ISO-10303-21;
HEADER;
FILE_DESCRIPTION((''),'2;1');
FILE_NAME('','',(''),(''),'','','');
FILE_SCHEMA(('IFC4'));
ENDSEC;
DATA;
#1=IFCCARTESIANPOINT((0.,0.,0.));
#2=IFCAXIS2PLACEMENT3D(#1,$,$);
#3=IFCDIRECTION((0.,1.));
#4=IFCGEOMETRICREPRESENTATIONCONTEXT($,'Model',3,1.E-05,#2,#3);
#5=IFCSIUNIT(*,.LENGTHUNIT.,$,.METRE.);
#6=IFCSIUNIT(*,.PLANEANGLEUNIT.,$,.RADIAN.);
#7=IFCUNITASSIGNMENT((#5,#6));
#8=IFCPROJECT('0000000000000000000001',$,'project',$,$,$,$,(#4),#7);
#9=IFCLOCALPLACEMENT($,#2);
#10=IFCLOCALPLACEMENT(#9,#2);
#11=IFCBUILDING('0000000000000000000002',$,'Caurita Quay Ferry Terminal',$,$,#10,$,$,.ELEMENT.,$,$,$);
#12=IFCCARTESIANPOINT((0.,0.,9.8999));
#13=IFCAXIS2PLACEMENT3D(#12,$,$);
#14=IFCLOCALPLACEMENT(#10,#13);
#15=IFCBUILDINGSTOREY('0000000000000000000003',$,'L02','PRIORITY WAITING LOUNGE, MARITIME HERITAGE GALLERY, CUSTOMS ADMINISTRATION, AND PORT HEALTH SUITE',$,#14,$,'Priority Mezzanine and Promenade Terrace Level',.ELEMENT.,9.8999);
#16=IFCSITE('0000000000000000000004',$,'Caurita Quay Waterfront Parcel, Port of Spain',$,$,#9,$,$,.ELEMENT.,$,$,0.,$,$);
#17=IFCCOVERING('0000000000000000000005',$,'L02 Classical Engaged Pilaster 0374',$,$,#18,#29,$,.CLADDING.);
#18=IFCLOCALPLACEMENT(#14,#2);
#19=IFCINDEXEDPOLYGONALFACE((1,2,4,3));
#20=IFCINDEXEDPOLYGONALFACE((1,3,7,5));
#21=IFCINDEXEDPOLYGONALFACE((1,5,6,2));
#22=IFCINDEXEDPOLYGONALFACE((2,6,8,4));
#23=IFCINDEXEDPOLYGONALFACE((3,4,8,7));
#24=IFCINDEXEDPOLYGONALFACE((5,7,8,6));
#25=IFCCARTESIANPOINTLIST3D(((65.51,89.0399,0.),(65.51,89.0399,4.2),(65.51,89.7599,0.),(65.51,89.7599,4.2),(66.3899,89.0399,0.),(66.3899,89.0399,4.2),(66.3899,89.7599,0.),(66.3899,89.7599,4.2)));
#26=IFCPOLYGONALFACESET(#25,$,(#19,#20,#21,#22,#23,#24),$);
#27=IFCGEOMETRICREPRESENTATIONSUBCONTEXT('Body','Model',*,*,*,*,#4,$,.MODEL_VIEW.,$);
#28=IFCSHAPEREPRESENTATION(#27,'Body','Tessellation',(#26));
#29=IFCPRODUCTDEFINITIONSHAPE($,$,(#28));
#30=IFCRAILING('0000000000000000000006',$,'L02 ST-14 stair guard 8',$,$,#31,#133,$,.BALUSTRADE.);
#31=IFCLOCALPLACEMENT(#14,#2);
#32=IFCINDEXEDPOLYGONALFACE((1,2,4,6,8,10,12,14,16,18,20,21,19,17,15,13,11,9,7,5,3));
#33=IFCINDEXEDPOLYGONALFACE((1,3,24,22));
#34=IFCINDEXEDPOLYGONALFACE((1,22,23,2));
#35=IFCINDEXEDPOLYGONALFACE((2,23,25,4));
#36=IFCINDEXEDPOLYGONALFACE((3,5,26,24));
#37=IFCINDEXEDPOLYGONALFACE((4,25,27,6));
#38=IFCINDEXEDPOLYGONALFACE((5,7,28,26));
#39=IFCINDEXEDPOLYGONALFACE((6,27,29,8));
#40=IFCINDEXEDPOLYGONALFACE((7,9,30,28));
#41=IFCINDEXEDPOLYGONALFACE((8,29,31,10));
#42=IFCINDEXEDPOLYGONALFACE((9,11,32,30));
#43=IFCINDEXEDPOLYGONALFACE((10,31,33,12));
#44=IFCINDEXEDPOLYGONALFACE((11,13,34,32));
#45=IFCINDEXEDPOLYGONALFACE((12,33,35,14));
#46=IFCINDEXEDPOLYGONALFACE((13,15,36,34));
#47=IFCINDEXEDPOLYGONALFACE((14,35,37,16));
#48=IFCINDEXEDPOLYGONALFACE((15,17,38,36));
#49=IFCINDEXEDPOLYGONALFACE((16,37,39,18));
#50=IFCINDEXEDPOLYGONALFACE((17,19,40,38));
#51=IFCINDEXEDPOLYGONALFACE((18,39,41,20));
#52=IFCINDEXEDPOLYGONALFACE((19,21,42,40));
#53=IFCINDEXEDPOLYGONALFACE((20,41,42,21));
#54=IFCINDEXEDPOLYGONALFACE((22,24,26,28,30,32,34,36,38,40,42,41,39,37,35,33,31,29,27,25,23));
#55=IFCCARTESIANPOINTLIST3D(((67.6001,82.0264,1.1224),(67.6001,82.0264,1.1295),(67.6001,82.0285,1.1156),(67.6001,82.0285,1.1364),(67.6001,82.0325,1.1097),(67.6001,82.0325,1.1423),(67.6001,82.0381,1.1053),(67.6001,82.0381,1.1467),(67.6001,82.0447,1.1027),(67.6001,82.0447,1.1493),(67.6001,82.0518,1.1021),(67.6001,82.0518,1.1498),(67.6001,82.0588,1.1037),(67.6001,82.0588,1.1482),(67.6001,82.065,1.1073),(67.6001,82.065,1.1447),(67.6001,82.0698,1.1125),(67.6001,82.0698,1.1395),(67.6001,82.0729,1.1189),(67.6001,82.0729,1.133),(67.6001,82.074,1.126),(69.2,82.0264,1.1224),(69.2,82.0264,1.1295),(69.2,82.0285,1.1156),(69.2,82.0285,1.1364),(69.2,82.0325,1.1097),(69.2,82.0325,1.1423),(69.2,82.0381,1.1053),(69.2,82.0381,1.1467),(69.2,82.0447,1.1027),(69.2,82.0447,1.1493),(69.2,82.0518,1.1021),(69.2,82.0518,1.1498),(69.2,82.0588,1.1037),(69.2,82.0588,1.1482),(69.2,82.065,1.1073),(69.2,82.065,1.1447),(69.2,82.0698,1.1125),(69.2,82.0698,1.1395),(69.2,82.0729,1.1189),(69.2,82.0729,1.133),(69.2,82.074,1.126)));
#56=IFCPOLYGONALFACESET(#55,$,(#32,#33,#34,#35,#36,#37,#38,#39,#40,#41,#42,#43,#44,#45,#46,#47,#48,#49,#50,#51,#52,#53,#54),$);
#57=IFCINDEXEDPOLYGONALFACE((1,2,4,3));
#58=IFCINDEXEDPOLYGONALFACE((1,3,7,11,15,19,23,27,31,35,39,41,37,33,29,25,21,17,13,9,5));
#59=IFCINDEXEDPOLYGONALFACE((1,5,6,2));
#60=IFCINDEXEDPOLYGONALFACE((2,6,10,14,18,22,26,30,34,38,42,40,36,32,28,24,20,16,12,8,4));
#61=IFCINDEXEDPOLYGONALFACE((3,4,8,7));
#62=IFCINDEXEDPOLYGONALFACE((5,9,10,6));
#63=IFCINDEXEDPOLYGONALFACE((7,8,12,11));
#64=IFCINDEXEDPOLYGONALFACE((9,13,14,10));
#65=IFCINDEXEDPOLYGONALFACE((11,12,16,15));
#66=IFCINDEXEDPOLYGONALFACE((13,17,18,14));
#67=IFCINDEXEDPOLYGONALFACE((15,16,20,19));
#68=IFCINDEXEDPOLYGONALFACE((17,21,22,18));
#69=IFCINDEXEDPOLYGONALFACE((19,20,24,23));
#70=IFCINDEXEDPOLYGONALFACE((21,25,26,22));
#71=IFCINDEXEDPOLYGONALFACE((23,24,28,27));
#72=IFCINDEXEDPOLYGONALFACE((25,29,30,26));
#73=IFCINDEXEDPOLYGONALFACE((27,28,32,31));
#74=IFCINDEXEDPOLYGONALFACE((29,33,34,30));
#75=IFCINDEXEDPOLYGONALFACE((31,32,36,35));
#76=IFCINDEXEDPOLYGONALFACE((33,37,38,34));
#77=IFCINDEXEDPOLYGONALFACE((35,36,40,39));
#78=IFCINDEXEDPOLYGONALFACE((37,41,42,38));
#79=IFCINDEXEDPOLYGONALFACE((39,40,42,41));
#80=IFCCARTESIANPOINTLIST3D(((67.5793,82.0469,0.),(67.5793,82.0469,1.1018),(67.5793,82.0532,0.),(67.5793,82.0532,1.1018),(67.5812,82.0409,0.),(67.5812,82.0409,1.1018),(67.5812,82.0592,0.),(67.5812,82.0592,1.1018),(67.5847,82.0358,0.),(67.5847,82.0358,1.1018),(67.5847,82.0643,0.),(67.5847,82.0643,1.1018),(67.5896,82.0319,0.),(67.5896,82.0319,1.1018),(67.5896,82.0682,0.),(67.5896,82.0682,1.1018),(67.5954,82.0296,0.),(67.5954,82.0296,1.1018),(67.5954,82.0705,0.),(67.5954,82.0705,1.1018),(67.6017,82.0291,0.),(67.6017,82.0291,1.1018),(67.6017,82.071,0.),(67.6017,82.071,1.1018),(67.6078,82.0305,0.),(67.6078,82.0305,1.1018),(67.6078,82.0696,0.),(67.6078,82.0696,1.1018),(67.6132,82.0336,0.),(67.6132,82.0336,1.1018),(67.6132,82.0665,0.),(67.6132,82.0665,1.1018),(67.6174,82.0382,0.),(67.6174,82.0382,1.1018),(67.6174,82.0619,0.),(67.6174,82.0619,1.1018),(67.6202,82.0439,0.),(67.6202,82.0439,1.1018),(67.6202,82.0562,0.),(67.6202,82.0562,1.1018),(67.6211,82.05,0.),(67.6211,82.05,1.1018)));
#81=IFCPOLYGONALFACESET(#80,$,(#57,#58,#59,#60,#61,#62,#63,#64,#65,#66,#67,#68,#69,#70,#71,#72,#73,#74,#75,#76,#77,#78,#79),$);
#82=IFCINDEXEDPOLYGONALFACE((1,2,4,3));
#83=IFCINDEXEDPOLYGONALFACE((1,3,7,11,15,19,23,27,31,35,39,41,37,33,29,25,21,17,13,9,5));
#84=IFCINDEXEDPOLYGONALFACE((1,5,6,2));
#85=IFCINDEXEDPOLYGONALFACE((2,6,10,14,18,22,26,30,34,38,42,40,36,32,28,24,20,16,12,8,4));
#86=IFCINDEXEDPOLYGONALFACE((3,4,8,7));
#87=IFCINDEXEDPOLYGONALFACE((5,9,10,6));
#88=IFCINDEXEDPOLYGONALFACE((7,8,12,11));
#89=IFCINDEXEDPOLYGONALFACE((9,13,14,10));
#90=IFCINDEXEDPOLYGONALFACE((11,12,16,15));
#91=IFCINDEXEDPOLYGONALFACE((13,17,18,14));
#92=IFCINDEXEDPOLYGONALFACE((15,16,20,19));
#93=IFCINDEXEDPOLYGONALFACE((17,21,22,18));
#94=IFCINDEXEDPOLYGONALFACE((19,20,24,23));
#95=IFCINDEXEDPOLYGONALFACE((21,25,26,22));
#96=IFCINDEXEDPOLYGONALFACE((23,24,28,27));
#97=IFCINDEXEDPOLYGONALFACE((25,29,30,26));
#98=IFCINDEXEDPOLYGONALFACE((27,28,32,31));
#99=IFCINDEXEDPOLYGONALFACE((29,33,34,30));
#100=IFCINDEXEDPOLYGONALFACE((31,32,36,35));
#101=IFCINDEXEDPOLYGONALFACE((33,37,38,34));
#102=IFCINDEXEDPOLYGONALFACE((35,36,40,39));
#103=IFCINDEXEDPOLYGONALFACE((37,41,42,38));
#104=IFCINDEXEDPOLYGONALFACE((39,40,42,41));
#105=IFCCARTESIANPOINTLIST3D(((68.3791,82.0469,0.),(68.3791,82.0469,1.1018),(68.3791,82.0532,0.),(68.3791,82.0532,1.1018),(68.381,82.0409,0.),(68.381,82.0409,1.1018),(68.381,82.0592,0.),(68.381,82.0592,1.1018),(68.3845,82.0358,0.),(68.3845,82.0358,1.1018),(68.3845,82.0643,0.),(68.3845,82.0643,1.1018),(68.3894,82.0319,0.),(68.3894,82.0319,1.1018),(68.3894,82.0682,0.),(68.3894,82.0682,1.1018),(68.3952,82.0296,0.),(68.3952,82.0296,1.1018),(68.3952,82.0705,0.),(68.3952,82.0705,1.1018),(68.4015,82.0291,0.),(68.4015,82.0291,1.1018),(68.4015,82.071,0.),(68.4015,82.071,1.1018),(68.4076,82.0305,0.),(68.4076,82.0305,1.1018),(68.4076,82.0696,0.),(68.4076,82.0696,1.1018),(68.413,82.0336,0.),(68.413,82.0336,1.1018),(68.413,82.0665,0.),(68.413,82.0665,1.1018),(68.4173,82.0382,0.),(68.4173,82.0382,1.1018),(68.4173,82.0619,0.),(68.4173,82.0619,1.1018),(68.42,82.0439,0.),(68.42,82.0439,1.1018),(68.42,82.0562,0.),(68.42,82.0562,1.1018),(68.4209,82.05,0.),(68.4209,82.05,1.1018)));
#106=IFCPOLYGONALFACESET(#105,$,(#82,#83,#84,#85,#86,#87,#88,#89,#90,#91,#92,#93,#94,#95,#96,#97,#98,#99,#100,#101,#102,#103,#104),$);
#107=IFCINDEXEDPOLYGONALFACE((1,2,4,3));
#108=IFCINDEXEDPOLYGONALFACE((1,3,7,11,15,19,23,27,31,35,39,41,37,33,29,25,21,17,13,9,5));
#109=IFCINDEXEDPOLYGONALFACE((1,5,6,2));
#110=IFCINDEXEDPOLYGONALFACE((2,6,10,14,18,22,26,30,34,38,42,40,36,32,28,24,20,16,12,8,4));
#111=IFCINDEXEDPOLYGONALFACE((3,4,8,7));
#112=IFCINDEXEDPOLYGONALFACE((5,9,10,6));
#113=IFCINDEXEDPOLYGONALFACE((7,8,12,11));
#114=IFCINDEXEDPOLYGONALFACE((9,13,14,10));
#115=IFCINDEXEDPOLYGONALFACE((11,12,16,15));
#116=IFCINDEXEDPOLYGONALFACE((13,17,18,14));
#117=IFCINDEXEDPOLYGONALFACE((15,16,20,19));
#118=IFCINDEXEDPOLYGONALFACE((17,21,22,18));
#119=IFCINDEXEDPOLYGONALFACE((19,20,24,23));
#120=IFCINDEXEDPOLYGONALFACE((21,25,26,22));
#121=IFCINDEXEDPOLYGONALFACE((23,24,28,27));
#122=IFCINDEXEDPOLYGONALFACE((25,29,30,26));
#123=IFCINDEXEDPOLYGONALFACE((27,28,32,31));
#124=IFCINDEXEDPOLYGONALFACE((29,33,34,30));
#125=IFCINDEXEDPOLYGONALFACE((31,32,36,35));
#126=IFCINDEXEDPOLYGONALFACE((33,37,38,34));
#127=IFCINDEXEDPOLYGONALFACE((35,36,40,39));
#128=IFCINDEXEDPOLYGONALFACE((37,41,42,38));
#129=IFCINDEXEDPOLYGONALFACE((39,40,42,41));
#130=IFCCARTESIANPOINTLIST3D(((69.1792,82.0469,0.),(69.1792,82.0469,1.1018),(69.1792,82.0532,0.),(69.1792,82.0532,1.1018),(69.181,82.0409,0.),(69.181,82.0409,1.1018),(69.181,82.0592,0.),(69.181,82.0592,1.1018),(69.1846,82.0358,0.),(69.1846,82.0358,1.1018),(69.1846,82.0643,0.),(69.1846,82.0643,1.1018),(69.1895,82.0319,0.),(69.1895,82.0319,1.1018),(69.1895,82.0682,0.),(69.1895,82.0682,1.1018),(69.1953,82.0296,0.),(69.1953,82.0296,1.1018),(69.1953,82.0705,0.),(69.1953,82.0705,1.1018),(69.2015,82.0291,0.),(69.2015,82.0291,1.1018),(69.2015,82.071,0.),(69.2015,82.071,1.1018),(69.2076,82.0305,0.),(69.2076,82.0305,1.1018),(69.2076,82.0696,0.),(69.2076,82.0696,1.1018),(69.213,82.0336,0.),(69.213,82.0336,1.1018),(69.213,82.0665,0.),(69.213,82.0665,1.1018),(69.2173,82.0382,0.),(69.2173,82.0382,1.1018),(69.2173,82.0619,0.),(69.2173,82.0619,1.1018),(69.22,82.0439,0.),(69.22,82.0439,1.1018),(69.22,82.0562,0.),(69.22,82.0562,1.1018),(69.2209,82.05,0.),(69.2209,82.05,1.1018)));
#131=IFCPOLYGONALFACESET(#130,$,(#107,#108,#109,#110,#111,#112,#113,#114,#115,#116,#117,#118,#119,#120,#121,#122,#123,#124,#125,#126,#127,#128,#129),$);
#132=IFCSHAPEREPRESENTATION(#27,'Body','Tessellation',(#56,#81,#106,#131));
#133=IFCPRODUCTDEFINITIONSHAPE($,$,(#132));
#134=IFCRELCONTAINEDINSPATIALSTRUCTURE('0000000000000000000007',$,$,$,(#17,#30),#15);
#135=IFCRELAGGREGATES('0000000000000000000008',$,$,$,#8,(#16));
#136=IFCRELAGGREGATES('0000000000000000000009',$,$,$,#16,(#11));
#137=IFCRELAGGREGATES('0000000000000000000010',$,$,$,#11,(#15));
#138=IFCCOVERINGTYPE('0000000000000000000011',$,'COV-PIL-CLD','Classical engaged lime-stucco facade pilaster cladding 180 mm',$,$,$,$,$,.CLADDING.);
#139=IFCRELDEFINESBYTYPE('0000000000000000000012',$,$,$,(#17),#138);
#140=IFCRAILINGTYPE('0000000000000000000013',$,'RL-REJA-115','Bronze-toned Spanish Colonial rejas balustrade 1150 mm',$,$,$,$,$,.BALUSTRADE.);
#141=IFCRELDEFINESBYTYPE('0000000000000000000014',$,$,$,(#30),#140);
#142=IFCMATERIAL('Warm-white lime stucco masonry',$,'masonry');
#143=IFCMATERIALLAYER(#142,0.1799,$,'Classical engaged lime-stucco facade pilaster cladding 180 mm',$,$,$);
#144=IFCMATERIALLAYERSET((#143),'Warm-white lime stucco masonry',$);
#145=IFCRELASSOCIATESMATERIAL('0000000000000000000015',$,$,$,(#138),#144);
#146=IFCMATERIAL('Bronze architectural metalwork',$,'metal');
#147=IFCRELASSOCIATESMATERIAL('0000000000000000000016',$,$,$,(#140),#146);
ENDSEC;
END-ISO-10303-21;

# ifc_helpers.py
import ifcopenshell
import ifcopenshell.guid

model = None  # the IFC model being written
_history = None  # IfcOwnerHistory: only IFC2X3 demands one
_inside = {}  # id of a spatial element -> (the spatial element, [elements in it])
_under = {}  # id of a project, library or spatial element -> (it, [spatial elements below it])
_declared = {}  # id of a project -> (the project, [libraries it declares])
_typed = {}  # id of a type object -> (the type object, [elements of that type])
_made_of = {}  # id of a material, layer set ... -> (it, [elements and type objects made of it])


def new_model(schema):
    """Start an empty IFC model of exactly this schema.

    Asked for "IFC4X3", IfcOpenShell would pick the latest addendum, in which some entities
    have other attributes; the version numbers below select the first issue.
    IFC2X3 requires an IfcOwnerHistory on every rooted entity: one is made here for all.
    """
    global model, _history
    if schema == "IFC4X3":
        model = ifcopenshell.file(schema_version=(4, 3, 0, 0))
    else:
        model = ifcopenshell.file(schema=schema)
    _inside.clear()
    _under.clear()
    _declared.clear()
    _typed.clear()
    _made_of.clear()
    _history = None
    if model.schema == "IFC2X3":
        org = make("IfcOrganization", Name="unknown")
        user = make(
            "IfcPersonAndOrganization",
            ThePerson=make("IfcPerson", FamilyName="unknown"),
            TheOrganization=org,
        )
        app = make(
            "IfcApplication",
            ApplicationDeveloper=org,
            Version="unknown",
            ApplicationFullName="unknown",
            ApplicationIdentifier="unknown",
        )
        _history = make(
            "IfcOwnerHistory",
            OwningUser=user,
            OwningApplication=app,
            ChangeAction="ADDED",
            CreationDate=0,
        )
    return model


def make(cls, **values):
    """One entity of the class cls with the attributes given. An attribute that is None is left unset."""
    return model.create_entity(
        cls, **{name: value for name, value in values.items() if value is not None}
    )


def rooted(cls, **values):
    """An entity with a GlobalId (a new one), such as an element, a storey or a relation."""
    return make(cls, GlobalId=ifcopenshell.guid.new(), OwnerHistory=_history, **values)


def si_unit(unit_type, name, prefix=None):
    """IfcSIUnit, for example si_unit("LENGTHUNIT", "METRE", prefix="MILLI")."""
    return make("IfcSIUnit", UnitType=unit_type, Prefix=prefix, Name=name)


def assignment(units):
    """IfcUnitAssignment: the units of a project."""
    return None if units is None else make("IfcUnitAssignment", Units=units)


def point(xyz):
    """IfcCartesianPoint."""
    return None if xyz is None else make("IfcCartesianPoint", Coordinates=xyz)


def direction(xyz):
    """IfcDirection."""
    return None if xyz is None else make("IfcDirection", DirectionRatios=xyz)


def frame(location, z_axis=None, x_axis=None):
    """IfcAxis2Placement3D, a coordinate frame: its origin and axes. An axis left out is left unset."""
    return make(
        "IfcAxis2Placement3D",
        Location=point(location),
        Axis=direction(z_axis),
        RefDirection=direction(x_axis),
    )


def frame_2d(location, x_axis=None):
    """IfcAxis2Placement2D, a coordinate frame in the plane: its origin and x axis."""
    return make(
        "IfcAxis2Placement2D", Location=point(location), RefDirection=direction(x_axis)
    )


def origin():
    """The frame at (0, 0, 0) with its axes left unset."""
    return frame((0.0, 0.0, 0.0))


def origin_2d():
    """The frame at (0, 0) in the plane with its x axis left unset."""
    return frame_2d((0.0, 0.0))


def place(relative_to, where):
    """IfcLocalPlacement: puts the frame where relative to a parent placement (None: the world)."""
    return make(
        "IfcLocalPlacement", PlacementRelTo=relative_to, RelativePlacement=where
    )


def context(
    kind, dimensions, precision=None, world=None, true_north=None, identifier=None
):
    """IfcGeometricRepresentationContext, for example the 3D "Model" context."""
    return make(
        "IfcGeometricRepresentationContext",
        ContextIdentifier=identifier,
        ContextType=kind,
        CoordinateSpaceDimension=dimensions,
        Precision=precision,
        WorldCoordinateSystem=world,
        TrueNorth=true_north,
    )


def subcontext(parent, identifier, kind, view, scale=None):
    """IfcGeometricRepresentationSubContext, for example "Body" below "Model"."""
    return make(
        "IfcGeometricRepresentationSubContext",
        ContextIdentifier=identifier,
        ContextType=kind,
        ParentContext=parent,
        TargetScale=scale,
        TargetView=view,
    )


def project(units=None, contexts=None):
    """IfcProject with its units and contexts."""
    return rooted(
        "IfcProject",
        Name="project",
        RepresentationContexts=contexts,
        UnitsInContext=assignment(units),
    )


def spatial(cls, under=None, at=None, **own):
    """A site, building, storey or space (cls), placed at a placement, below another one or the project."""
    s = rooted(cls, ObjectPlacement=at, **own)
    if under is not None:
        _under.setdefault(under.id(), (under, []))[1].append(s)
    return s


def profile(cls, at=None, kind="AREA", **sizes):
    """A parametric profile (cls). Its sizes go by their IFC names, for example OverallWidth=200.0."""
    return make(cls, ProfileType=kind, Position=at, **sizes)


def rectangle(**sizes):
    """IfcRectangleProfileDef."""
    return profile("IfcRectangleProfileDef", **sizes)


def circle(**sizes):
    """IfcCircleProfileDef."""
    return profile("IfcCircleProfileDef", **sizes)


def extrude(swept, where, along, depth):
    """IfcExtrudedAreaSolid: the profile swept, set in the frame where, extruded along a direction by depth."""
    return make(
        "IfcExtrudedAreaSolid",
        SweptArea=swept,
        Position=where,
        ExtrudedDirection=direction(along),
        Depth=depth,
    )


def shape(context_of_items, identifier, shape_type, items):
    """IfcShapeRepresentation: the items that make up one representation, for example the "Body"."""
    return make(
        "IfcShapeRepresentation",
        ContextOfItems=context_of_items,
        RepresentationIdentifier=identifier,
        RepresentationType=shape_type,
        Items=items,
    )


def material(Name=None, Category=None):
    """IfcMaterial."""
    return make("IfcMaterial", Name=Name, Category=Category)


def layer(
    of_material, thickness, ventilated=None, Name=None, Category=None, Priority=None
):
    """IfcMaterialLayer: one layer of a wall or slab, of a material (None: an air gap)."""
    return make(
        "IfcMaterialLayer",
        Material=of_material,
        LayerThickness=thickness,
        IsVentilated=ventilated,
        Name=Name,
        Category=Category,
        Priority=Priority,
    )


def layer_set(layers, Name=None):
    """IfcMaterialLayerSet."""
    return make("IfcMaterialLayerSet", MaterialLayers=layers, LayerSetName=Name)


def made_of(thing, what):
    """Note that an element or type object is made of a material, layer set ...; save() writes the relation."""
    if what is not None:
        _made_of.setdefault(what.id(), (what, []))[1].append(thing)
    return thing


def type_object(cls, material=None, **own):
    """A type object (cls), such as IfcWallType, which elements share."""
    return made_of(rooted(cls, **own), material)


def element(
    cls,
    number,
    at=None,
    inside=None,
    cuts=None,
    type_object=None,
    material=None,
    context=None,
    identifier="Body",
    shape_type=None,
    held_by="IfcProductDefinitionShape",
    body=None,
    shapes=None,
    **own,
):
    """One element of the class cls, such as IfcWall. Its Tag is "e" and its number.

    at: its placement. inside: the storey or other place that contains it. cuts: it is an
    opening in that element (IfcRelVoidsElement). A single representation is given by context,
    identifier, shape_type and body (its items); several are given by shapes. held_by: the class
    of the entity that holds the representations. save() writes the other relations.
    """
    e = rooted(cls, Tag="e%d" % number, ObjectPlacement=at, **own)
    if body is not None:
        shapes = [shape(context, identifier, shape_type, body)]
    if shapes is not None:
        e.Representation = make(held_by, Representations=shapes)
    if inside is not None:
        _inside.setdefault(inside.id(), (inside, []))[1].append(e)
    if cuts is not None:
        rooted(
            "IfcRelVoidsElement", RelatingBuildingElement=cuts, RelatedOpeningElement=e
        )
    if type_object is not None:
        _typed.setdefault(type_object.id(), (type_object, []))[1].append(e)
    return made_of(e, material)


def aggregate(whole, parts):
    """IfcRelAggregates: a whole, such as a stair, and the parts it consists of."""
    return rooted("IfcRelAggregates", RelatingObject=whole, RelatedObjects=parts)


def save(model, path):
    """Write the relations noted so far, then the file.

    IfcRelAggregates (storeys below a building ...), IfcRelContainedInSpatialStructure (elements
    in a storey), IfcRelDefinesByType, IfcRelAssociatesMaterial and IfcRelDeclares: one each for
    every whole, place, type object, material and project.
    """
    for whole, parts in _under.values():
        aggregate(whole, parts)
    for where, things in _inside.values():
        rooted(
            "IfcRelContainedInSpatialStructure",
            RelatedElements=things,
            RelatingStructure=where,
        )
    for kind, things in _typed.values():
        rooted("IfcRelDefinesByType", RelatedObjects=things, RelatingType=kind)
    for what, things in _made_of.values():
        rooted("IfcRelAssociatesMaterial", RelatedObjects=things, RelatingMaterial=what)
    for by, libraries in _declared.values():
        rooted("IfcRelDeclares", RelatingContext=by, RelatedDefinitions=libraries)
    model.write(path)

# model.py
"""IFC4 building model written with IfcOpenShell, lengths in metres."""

from ifc_helpers import new_model, si_unit, direction, frame, origin, origin_2d, place, context, subcontext, project, spatial, rectangle, circle, extrude, material, layer, layer_set, type_object, element, save


model = new_model("IFC4")

# Units and contexts
model_context = context("Model", 3, precision=1e-05, world=origin(), true_north=direction((0.0, 1.0)))
body_context = subcontext(model_context, "Body", "Model", "MODEL_VIEW")
ifc_project = project(units=[si_unit("LENGTHUNIT", "METRE"), si_unit("PLANEANGLEUNIT", "RADIAN")], contexts=[model_context])

# Site, building, storey
site_placement = place(None, origin())
site = spatial("IfcSite", under=ifc_project, at=site_placement, Name="Caurita Quay Waterfront Parcel, Port of Spain", CompositionType="ELEMENT", RefElevation=0.0)
building_placement = place(site_placement, origin())
building = spatial("IfcBuilding", under=site, at=building_placement, Name="Caurita Quay Ferry Terminal", CompositionType="ELEMENT")
storey_placement = place(building_placement, frame((0.0, 0.0, 9.8999)))
storey = spatial("IfcBuildingStorey", under=building, at=storey_placement, Name="L02", Description="PRIORITY WAITING LOUNGE, MARITIME HERITAGE GALLERY, CUSTOMS ADMINISTRATION, AND PORT HEALTH SUITE", LongName="Priority Mezzanine and Promenade Terrace Level", CompositionType="ELEMENT", Elevation=9.8999)

# Shared definitions
ifc_material_1 = material(Name="Warm-white lime stucco masonry", Category="masonry")

# Covering
ifc_layer_1 = layer(ifc_material_1, 0.1799, Name="Classical engaged lime-stucco facade pilaster cladding 180 mm")
ifc_layer_set_1 = layer_set([ifc_layer_1], Name="Warm-white lime stucco masonry")
covering_type = type_object("IfcCoveringType", Name="COV-PIL-CLD", Description="Classical engaged lime-stucco facade pilaster cladding 180 mm", PredefinedType="CLADDING", material=ifc_layer_set_1)
covering_1_placement = place(storey_placement, frame((65.95, 89.3999, 0.0), z_axis=(0.0, 0.0, 1.0), x_axis=(1.0, 0.0, 0.0)))
element("IfcCovering", 1, at=covering_1_placement, inside=storey, type_object=covering_type, Name="L02 Classical Engaged Pilaster 0374", PredefinedType="CLADDING", context=body_context, shape_type="SweptSolid", body=[
    extrude(rectangle(XDim=0.8799, YDim=0.72, at=origin_2d()), origin(), (0.0, 0.0, 1.0), 4.2),
])

# Railing
ifc_material_2 = material(Name="Bronze architectural metalwork", Category="metal")
railing_type = type_object("IfcRailingType", Name="RL-REJA-115", Description="Bronze-toned Spanish Colonial rejas balustrade 1150 mm", PredefinedType="BALUSTRADE", material=ifc_material_2)
for number, where, name in (
    (2, (67.6001, 82.05, 0.0), "L02 ST-14 stair guard 8"),
):
    element("IfcRailing", number, at=place(storey_placement, frame(where)), inside=storey, type_object=railing_type, Name=name, PredefinedType="BALUSTRADE", context=body_context, shape_type="SweptSolid", body=[
        extrude(circle(Radius=0.0239, at=origin_2d()), frame((0.0, 0.0, 1.126), z_axis=(1.0, 0.0, 0.0), x_axis=(0.0, 1.0, 0.0)), (0.0, 0.0, 1.0), 1.5999),
        extrude(circle(Radius=0.021, at=origin_2d()), origin(), (0.0, 0.0, 1.0), 1.1018),
        extrude(circle(Radius=0.021, at=origin_2d()), frame((0.7998, 0.0, 0.0)), (0.0, 0.0, 1.0), 1.1018),
        extrude(circle(Radius=0.021, at=origin_2d()), frame((1.5999, 0.0, 0.0)), (0.0, 0.0, 1.0), 1.1018),
    ])

save(model, "model.ifc")
